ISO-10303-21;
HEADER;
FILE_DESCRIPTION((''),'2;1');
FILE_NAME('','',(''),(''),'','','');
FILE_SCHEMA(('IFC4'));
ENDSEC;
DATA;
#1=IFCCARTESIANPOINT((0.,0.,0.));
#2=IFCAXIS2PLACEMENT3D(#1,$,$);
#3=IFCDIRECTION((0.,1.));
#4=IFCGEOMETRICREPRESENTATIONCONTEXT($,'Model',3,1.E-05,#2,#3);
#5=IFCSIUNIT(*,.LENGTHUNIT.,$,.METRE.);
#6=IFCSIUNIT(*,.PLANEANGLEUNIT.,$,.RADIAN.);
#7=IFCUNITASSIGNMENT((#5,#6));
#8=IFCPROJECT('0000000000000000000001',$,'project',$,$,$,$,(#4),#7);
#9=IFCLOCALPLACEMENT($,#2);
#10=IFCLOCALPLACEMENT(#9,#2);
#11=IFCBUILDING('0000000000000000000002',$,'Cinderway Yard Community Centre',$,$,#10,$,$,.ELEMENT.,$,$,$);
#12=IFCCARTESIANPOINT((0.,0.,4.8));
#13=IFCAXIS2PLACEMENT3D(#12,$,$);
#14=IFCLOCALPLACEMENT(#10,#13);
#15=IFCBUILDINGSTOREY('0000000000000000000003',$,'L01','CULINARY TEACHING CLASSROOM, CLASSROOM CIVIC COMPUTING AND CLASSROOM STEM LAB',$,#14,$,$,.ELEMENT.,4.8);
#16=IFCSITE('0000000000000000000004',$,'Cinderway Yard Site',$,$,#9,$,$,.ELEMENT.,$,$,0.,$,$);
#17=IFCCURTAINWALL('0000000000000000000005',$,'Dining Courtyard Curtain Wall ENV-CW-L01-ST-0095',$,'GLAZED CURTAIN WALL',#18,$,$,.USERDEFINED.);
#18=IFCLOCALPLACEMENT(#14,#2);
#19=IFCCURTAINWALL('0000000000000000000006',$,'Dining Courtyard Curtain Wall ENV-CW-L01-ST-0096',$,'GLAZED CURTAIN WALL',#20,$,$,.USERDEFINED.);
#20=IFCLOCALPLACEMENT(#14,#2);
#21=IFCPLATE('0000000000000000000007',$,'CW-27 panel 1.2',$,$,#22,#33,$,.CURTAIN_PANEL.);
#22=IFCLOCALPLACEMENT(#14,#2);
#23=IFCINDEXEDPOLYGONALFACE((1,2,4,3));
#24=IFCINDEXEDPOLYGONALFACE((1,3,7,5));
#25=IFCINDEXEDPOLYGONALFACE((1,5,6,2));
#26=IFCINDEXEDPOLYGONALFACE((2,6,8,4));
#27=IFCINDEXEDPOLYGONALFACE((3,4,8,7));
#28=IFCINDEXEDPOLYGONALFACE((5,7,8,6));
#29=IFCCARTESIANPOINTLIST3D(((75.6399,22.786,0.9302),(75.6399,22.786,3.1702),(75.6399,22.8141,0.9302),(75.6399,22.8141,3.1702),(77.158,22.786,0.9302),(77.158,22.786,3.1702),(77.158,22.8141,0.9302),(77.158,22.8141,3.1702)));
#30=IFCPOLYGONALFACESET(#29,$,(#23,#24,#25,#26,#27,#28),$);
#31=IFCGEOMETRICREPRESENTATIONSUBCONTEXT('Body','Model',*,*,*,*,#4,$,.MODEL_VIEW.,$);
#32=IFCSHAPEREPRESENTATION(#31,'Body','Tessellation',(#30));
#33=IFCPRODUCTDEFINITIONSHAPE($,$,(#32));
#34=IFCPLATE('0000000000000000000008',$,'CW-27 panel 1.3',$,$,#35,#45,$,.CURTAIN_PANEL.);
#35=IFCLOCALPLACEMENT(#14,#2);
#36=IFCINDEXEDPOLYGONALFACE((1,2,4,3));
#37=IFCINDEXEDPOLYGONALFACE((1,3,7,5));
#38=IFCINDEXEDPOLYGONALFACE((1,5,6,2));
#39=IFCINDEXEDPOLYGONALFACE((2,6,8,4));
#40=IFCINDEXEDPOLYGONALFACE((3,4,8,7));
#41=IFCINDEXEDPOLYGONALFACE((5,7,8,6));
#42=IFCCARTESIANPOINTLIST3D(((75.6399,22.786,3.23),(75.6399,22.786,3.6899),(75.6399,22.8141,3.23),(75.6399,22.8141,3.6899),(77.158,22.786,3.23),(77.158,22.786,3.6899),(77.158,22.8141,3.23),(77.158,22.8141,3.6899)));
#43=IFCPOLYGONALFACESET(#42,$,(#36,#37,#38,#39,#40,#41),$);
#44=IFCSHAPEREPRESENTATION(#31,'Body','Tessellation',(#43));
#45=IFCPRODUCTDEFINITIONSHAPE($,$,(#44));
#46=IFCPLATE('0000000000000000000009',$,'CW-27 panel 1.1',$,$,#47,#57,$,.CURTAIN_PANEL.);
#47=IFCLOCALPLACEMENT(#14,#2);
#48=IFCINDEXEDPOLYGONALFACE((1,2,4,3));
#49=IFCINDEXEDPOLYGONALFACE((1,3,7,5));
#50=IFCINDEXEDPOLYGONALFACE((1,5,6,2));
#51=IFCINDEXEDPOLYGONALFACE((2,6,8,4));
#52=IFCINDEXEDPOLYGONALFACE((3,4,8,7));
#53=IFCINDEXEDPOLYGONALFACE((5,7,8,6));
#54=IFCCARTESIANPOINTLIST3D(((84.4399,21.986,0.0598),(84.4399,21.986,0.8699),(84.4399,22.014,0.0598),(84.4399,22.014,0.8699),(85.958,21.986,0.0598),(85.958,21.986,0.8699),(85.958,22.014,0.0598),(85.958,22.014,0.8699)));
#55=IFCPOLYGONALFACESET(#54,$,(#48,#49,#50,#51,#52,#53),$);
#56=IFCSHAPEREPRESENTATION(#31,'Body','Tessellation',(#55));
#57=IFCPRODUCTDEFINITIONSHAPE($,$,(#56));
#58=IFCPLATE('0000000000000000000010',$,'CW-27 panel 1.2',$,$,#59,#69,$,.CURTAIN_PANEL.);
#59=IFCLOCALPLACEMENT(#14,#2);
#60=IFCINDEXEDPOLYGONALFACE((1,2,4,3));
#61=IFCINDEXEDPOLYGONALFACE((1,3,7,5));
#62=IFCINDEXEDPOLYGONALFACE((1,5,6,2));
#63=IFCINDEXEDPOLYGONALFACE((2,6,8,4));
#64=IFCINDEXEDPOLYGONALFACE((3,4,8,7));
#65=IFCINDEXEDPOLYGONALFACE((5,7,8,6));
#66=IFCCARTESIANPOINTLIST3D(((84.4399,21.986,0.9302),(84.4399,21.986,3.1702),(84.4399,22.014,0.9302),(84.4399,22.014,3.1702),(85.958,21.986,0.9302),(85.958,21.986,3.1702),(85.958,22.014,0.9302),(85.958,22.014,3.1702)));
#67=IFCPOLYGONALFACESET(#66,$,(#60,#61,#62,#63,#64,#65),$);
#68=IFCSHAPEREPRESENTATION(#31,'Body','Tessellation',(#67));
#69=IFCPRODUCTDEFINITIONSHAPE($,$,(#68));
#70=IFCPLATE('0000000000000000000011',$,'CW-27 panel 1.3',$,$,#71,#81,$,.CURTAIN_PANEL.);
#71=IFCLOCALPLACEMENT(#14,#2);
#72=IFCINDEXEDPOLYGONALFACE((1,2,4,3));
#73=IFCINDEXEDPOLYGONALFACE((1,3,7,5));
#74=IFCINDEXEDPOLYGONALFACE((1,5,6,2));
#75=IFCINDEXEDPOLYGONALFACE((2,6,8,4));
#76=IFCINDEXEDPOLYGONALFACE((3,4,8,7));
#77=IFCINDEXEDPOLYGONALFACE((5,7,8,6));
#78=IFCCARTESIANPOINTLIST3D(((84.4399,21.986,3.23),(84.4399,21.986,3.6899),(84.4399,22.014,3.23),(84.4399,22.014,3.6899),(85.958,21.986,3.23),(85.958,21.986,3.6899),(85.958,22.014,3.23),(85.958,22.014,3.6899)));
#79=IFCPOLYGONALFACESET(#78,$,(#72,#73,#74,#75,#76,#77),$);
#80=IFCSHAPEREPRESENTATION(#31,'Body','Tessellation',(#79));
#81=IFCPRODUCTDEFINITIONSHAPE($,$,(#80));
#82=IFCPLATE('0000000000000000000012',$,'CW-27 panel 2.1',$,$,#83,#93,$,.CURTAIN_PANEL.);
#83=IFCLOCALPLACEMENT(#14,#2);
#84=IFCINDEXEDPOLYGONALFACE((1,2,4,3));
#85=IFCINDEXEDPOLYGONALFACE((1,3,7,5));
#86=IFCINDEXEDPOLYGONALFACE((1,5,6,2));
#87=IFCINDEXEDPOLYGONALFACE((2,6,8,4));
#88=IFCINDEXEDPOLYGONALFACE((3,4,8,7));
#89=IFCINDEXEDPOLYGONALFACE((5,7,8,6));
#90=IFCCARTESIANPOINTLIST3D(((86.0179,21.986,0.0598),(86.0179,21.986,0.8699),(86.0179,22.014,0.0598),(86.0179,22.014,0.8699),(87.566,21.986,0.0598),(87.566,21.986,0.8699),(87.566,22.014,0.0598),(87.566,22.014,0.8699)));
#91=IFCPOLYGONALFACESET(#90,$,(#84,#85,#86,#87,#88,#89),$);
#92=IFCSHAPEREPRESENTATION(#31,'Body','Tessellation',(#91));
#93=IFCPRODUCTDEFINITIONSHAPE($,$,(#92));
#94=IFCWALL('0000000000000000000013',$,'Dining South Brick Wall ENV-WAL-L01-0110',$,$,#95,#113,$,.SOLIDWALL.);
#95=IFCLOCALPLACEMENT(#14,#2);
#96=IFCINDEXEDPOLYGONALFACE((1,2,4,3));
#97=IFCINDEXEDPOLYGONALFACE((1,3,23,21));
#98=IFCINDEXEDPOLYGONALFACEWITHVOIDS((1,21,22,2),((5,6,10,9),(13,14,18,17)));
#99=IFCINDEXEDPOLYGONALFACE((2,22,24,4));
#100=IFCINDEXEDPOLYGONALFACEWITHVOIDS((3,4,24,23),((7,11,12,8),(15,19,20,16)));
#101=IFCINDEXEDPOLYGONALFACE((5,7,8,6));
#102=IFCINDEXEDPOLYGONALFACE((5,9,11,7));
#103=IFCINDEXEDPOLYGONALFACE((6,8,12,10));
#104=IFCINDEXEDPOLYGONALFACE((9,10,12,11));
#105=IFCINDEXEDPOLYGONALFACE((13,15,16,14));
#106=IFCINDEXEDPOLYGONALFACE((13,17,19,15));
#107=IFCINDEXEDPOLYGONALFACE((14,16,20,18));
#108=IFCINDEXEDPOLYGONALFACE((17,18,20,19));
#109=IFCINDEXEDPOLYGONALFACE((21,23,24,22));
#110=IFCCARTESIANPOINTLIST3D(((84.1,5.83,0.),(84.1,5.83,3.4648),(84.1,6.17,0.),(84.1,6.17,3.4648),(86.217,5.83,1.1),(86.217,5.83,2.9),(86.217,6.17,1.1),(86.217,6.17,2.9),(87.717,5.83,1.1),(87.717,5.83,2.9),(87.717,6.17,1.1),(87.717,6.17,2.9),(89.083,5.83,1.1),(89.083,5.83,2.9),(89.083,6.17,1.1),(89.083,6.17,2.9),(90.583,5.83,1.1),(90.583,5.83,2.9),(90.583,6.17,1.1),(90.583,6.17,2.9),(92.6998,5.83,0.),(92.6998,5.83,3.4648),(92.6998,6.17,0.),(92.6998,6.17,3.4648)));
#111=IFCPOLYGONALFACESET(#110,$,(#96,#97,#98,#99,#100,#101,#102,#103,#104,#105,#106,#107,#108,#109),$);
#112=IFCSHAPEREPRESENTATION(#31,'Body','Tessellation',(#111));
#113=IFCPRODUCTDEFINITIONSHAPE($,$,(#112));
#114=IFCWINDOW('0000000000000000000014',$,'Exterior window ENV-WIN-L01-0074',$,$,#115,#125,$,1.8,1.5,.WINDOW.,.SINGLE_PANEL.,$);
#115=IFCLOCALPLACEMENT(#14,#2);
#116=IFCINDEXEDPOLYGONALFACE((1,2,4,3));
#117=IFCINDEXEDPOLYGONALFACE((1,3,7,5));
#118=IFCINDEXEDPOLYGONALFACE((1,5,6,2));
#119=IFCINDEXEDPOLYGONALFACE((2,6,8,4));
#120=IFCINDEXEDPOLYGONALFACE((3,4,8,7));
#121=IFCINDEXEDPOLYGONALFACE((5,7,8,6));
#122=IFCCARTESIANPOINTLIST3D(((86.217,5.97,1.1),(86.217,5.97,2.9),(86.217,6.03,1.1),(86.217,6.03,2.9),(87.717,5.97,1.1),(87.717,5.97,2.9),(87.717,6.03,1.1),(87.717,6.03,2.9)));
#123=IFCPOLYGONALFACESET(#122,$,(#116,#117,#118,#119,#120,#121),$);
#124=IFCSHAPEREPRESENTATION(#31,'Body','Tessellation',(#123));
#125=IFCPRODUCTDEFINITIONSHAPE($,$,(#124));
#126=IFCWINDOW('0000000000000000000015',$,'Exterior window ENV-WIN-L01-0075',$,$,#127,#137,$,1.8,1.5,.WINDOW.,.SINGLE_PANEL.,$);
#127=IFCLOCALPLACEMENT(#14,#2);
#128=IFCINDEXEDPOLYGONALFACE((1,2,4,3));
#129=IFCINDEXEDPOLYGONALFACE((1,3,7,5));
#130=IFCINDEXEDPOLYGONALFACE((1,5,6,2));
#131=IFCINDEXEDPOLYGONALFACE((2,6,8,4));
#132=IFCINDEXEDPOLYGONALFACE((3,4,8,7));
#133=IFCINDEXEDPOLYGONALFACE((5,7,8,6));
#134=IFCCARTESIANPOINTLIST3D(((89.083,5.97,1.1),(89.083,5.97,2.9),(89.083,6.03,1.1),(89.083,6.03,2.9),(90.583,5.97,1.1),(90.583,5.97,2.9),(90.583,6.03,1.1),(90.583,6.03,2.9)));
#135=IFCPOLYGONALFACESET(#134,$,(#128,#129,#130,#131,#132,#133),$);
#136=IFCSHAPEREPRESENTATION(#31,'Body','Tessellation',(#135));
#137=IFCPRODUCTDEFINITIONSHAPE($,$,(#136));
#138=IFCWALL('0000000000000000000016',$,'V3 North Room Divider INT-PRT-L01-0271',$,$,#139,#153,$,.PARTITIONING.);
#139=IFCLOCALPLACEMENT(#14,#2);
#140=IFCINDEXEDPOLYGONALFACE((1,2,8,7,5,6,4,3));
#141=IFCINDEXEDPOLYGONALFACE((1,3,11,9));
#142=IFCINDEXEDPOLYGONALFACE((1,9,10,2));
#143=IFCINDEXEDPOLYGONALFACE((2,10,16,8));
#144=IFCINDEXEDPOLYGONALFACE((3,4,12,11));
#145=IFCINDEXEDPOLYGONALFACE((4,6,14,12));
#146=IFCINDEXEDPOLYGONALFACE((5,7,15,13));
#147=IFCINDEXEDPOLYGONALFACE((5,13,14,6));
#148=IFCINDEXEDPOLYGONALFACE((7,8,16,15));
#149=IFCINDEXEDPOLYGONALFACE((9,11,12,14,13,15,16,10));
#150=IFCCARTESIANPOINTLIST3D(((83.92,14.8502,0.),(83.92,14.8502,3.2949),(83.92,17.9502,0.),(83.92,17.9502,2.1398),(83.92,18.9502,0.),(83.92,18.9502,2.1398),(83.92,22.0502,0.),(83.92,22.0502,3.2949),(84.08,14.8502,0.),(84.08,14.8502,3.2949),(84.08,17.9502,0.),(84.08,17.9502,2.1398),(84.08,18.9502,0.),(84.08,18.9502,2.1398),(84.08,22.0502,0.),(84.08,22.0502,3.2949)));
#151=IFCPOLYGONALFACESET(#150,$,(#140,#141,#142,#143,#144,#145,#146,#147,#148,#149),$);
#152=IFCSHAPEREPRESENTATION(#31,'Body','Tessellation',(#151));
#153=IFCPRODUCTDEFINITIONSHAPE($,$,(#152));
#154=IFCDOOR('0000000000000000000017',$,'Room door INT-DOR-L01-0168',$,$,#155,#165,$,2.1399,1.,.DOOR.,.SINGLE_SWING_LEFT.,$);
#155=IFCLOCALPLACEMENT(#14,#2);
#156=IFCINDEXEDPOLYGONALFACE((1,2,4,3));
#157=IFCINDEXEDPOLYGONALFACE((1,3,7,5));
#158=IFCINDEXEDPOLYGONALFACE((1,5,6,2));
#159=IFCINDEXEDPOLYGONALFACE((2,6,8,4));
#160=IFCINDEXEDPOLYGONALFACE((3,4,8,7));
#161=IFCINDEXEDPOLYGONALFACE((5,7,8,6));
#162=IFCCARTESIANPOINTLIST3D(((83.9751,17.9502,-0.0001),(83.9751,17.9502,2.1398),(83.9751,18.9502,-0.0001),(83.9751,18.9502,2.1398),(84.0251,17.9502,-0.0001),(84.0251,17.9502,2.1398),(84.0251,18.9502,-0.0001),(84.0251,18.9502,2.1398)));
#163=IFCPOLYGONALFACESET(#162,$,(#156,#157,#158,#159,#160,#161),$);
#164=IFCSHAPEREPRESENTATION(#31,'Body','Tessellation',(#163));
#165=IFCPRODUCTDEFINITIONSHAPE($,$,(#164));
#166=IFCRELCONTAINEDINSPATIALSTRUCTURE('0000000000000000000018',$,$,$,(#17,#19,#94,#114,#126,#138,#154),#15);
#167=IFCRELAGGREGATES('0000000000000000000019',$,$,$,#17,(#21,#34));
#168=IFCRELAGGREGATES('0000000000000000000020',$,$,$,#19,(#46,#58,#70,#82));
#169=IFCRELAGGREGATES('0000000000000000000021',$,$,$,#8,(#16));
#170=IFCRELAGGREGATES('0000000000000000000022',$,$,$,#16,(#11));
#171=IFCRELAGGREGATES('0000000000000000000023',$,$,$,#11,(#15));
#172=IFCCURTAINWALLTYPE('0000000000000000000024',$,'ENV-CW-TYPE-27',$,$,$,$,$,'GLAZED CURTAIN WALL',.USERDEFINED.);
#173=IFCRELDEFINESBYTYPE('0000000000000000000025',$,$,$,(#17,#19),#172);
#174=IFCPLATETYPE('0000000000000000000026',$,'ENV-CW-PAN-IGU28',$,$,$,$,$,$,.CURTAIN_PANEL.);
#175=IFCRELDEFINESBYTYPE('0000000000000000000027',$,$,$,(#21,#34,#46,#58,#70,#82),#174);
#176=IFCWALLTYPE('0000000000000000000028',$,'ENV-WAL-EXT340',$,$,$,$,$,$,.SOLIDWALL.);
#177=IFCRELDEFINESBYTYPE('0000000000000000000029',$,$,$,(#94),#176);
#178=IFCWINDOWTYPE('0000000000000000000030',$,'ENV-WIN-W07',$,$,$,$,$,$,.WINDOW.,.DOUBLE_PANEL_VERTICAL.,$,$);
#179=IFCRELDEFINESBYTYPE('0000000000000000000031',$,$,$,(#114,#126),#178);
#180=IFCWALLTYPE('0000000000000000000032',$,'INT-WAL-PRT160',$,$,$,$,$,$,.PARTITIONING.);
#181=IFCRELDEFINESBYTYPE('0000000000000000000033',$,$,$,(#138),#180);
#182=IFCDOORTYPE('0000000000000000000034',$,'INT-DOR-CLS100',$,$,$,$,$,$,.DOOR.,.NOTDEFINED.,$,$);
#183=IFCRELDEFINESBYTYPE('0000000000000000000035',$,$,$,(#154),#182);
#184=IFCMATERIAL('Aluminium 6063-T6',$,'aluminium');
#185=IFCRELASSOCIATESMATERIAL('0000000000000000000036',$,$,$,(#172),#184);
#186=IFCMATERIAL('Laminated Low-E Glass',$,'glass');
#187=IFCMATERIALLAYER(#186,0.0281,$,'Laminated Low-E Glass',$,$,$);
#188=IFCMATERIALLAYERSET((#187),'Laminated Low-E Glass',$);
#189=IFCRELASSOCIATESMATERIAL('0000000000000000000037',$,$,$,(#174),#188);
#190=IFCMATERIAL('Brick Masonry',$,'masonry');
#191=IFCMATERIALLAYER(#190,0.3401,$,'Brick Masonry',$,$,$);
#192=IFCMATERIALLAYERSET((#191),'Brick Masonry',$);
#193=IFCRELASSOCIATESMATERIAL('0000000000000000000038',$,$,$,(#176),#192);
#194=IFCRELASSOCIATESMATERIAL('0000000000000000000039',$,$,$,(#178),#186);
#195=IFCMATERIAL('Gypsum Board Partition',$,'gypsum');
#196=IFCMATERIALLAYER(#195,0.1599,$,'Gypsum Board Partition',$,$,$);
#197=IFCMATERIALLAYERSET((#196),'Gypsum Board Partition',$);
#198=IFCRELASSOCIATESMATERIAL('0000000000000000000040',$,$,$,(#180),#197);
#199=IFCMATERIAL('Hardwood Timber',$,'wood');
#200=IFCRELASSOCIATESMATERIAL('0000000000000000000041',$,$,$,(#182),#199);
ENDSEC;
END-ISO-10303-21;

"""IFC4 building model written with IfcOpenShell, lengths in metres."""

from ifc_helpers import new_model, si_unit, direction, frame, frame_2d, origin, origin_2d, place, context, subcontext, project, spatial, rectangle, extrude, material, layer, layer_set, type_object, element, fill, aggregate, save


model = new_model("IFC4")

# Units and contexts
model_context = context("Model", 3, precision=1e-05, world=origin(), true_north=direction((0.0, 1.0)))
body_context = subcontext(model_context, "Body", "Model", "MODEL_VIEW")
ifc_project = project(units=[si_unit("LENGTHUNIT", "METRE"), si_unit("PLANEANGLEUNIT", "RADIAN")], contexts=[model_context])

# Site, building, storey
site_placement = place(None, origin())
site = spatial("IfcSite", under=ifc_project, at=site_placement, Name="Cinderway Yard Site", CompositionType="ELEMENT", RefElevation=0.0)
building_placement = place(site_placement, origin())
building = spatial("IfcBuilding", under=site, at=building_placement, Name="Cinderway Yard Community Centre", CompositionType="ELEMENT")
storey_placement = place(building_placement, frame((0.0, 0.0, 4.8)))
storey = spatial("IfcBuildingStorey", under=building, at=storey_placement, Name="L01", Description="CULINARY TEACHING CLASSROOM, CLASSROOM CIVIC COMPUTING AND CLASSROOM STEM LAB", CompositionType="ELEMENT", Elevation=4.8)

# Curtain walls
ifc_material_1 = material(Name="Aluminium 6063-T6", Category="aluminium")
curtain_wall_type = type_object("IfcCurtainWallType", Name="ENV-CW-TYPE-27", ElementType="GLAZED CURTAIN WALL", PredefinedType="USERDEFINED", material=ifc_material_1)
curtain_wall_1_placement = place(storey_placement, origin())
curtain_wall_1 = element("IfcCurtainWall", 1, at=curtain_wall_1_placement, inside=storey, type_object=curtain_wall_type, Name="Dining Courtyard Curtain Wall ENV-CW-L01-ST-0095", ObjectType="GLAZED CURTAIN WALL", PredefinedType="USERDEFINED")
curtain_wall_2_placement = place(storey_placement, origin())
curtain_wall_2 = element("IfcCurtainWall", 2, at=curtain_wall_2_placement, inside=storey, type_object=curtain_wall_type, Name="Dining Courtyard Curtain Wall ENV-CW-L01-ST-0096", ObjectType="GLAZED CURTAIN WALL", PredefinedType="USERDEFINED")

# Plates
ifc_material_2 = material(Name="Laminated Low-E Glass", Category="glass")
ifc_layer_1 = layer(ifc_material_2, 0.0281, Name="Laminated Low-E Glass")
ifc_layer_set_1 = layer_set([ifc_layer_1], Name="Laminated Low-E Glass")
plate_type = type_object("IfcPlateType", Name="ENV-CW-PAN-IGU28", PredefinedType="CURTAIN_PANEL", material=ifc_layer_set_1)
plate_1_placement = place(storey_placement, frame((76.3989, 22.8, 0.9302), z_axis=(0.0, 0.0, 1.0), x_axis=(1.0, 0.0, 0.0)))
plate_1 = element("IfcPlate", 3, at=plate_1_placement, type_object=plate_type, Name="CW-27 panel 1.2", PredefinedType="CURTAIN_PANEL", context=body_context, shape_type="SweptSolid", body=[
    extrude(rectangle(XDim=1.5181, YDim=0.0281, at=origin_2d()), origin(), (0.0, 0.0, 1.0), 2.24),
])
plate_2_placement = place(storey_placement, frame((76.3989, 22.8, 3.23), z_axis=(0.0, 0.0, 1.0), x_axis=(1.0, 0.0, 0.0)))
plate_2 = element("IfcPlate", 4, at=plate_2_placement, type_object=plate_type, Name="CW-27 panel 1.3", PredefinedType="CURTAIN_PANEL", context=body_context, shape_type="SweptSolid", body=[
    extrude(rectangle(XDim=1.5181, YDim=0.0281, at=origin_2d()), origin(), (0.0, 0.0, 1.0), 0.46),
])
aggregate(curtain_wall_1, [plate_1, plate_2])
plate_3_placement = place(storey_placement, frame((85.199, 22.0, 0.0598), z_axis=(0.0, 0.0, 1.0), x_axis=(1.0, 0.0, 0.0)))
plate_3 = element("IfcPlate", 5, at=plate_3_placement, type_object=plate_type, Name="CW-27 panel 1.1", PredefinedType="CURTAIN_PANEL", context=body_context, shape_type="SweptSolid", body=[
    extrude(rectangle(XDim=1.5181, YDim=0.0281, at=origin_2d()), origin(), (0.0, 0.0, 1.0), 0.8101),
])
plate_4_placement = place(storey_placement, frame((85.199, 22.0, 0.9302), z_axis=(0.0, 0.0, 1.0), x_axis=(1.0, 0.0, 0.0)))
plate_4 = element("IfcPlate", 6, at=plate_4_placement, type_object=plate_type, Name="CW-27 panel 1.2", PredefinedType="CURTAIN_PANEL", context=body_context, shape_type="SweptSolid", body=[
    extrude(rectangle(XDim=1.5181, YDim=0.0281, at=origin_2d()), origin(), (0.0, 0.0, 1.0), 2.24),
])
plate_5_placement = place(storey_placement, frame((85.199, 22.0, 3.23), z_axis=(0.0, 0.0, 1.0), x_axis=(1.0, 0.0, 0.0)))
plate_5 = element("IfcPlate", 7, at=plate_5_placement, type_object=plate_type, Name="CW-27 panel 1.3", PredefinedType="CURTAIN_PANEL", context=body_context, shape_type="SweptSolid", body=[
    extrude(rectangle(XDim=1.5181, YDim=0.0281, at=origin_2d()), origin(), (0.0, 0.0, 1.0), 0.46),
])
plate_6_placement = place(storey_placement, frame((86.792, 22.0, 0.0598), z_axis=(0.0, 0.0, 1.0), x_axis=(1.0, 0.0, 0.0)))
plate_6 = element("IfcPlate", 8, at=plate_6_placement, type_object=plate_type, Name="CW-27 panel 2.1", PredefinedType="CURTAIN_PANEL", context=body_context, shape_type="SweptSolid", body=[
    extrude(rectangle(XDim=1.5481, YDim=0.0281, at=origin_2d()), origin(), (0.0, 0.0, 1.0), 0.8101),
])
aggregate(curtain_wall_2, [plate_3, plate_4, plate_5, plate_6])

# Wall, openings, windows
ifc_material_3 = material(Name="Brick Masonry", Category="masonry")
ifc_layer_2 = layer(ifc_material_3, 0.3401, Name="Brick Masonry")
ifc_layer_set_2 = layer_set([ifc_layer_2], Name="Brick Masonry")
wall_type_1 = type_object("IfcWallType", Name="ENV-WAL-EXT340", PredefinedType="SOLIDWALL", material=ifc_layer_set_2)
wall_1_placement = place(storey_placement, frame((84.1001, 6.0, 0.0), z_axis=(0.0, 0.0, 1.0), x_axis=(1.0, 0.0, 0.0)))
wall_1 = element("IfcWall", 9, at=wall_1_placement, inside=storey, type_object=wall_type_1, Name="Dining South Brick Wall ENV-WAL-L01-0110", PredefinedType="SOLIDWALL", context=body_context, shape_type="SweptSolid", body=[
    extrude(rectangle(XDim=8.5999, YDim=0.3401, at=frame_2d((4.2998, 0.0))), origin(), (0.0, 0.0, 1.0), 3.4648),
])
opening_1_placement = place(wall_1_placement, frame((2.1169, 0.0, 1.1001)))
opening_1 = element("IfcOpeningElement", 10, at=opening_1_placement, cuts=wall_1, PredefinedType="OPENING", context=body_context, shape_type="SweptSolid", body=[
    extrude(rectangle(XDim=1.5, YDim=1.8, at=frame_2d((0.75, 0.8999))), frame((0.0, 0.1799, 0.0), z_axis=(0.0, -1.0, 0.0), x_axis=(1.0, 0.0, 0.0)), (0.0, 0.0, 1.0), 0.3601),
])
opening_2_placement = place(wall_1_placement, frame((4.9829, 0.0, 1.1001)))
opening_2 = element("IfcOpeningElement", 11, at=opening_2_placement, cuts=wall_1, PredefinedType="OPENING", context=body_context, shape_type="SweptSolid", body=[
    extrude(rectangle(XDim=1.5, YDim=1.8, at=frame_2d((0.75, 0.8999))), frame((0.0, 0.1799, 0.0), z_axis=(0.0, -1.0, 0.0), x_axis=(1.0, 0.0, 0.0)), (0.0, 0.0, 1.0), 0.3601),
])
window_type = type_object("IfcWindowType", Name="ENV-WIN-W07", PartitioningType="DOUBLE_PANEL_VERTICAL", PredefinedType="WINDOW", material=ifc_material_2)
window_1_placement = place(opening_1_placement, origin())
window_1 = element("IfcWindow", 12, at=window_1_placement, inside=storey, type_object=window_type, Name="Exterior window ENV-WIN-L01-0074", OverallHeight=1.8, OverallWidth=1.5, PartitioningType="SINGLE_PANEL", PredefinedType="WINDOW", context=body_context, shape_type="SweptSolid", body=[
    extrude(rectangle(XDim=1.5, YDim=1.8, at=frame_2d((0.75, 0.8999))), frame((0.0, 0.03, 0.0), z_axis=(0.0, -1.0, 0.0), x_axis=(1.0, 0.0, 0.0)), (0.0, 0.0, 1.0), 0.0601),
])
fill(opening_1, window_1)
window_2_placement = place(opening_2_placement, origin())
window_2 = element("IfcWindow", 13, at=window_2_placement, inside=storey, type_object=window_type, Name="Exterior window ENV-WIN-L01-0075", OverallHeight=1.8, OverallWidth=1.5, PartitioningType="SINGLE_PANEL", PredefinedType="WINDOW", context=body_context, shape_type="SweptSolid", body=[
    extrude(rectangle(XDim=1.5, YDim=1.8, at=frame_2d((0.75, 0.8999))), frame((0.0, 0.03, 0.0), z_axis=(0.0, -1.0, 0.0), x_axis=(1.0, 0.0, 0.0)), (0.0, 0.0, 1.0), 0.0601),
])
fill(opening_2, window_2)

# Wall, opening, door
ifc_material_4 = material(Name="Gypsum Board Partition", Category="gypsum")
ifc_layer_3 = layer(ifc_material_4, 0.1599, Name="Gypsum Board Partition")
ifc_layer_set_3 = layer_set([ifc_layer_3], Name="Gypsum Board Partition")
wall_type_2 = type_object("IfcWallType", Name="INT-WAL-PRT160", PredefinedType="PARTITIONING", material=ifc_layer_set_3)
wall_2_placement = place(storey_placement, frame((84.0, 14.8501, 0.0), z_axis=(0.0, 0.0, 1.0), x_axis=(0.0, 1.0, 0.0)))
wall_2 = element("IfcWall", 14, at=wall_2_placement, inside=storey, type_object=wall_type_2, Name="V3 North Room Divider INT-PRT-L01-0271", PredefinedType="PARTITIONING", context=body_context, shape_type="SweptSolid", body=[
    extrude(rectangle(XDim=7.2, YDim=0.1599, at=frame_2d((3.6001, 0.0))), origin(), (0.0, 0.0, 1.0), 3.2949),
])
opening_3_placement = place(wall_2_placement, frame((3.1001, 0.0, 0.0)))
opening_3 = element("IfcOpeningElement", 15, at=opening_3_placement, cuts=wall_2, PredefinedType="OPENING", context=body_context, shape_type="SweptSolid", body=[
    extrude(rectangle(XDim=1.0, YDim=2.1399, at=frame_2d((0.5, 1.0698))), frame((0.0, 0.0898, 0.0), z_axis=(0.0, -1.0, 0.0), x_axis=(1.0, 0.0, 0.0)), (0.0, 0.0, 1.0), 0.1799),
])
ifc_material_5 = material(Name="Hardwood Timber", Category="wood")
door_type = type_object("IfcDoorType", Name="INT-DOR-CLS100", OperationType="NOTDEFINED", PredefinedType="DOOR", material=ifc_material_5)
door_placement = place(opening_3_placement, origin())
door = element("IfcDoor", 16, at=door_placement, inside=storey, type_object=door_type, Name="Room door INT-DOR-L01-0168", OperationType="SINGLE_SWING_LEFT", OverallHeight=2.1399, OverallWidth=1.0, PredefinedType="DOOR", context=body_context, shape_type="SweptSolid", body=[
    extrude(rectangle(XDim=1.0, YDim=2.1399, at=frame_2d((0.5, 1.0698))), frame((0.0, 0.0249, 0.0), z_axis=(0.0, -1.0, 0.0), x_axis=(1.0, 0.0, 0.0)), (0.0, 0.0, 1.0), 0.05),
])
fill(opening_3, door)

save(model, "model.ifc")
